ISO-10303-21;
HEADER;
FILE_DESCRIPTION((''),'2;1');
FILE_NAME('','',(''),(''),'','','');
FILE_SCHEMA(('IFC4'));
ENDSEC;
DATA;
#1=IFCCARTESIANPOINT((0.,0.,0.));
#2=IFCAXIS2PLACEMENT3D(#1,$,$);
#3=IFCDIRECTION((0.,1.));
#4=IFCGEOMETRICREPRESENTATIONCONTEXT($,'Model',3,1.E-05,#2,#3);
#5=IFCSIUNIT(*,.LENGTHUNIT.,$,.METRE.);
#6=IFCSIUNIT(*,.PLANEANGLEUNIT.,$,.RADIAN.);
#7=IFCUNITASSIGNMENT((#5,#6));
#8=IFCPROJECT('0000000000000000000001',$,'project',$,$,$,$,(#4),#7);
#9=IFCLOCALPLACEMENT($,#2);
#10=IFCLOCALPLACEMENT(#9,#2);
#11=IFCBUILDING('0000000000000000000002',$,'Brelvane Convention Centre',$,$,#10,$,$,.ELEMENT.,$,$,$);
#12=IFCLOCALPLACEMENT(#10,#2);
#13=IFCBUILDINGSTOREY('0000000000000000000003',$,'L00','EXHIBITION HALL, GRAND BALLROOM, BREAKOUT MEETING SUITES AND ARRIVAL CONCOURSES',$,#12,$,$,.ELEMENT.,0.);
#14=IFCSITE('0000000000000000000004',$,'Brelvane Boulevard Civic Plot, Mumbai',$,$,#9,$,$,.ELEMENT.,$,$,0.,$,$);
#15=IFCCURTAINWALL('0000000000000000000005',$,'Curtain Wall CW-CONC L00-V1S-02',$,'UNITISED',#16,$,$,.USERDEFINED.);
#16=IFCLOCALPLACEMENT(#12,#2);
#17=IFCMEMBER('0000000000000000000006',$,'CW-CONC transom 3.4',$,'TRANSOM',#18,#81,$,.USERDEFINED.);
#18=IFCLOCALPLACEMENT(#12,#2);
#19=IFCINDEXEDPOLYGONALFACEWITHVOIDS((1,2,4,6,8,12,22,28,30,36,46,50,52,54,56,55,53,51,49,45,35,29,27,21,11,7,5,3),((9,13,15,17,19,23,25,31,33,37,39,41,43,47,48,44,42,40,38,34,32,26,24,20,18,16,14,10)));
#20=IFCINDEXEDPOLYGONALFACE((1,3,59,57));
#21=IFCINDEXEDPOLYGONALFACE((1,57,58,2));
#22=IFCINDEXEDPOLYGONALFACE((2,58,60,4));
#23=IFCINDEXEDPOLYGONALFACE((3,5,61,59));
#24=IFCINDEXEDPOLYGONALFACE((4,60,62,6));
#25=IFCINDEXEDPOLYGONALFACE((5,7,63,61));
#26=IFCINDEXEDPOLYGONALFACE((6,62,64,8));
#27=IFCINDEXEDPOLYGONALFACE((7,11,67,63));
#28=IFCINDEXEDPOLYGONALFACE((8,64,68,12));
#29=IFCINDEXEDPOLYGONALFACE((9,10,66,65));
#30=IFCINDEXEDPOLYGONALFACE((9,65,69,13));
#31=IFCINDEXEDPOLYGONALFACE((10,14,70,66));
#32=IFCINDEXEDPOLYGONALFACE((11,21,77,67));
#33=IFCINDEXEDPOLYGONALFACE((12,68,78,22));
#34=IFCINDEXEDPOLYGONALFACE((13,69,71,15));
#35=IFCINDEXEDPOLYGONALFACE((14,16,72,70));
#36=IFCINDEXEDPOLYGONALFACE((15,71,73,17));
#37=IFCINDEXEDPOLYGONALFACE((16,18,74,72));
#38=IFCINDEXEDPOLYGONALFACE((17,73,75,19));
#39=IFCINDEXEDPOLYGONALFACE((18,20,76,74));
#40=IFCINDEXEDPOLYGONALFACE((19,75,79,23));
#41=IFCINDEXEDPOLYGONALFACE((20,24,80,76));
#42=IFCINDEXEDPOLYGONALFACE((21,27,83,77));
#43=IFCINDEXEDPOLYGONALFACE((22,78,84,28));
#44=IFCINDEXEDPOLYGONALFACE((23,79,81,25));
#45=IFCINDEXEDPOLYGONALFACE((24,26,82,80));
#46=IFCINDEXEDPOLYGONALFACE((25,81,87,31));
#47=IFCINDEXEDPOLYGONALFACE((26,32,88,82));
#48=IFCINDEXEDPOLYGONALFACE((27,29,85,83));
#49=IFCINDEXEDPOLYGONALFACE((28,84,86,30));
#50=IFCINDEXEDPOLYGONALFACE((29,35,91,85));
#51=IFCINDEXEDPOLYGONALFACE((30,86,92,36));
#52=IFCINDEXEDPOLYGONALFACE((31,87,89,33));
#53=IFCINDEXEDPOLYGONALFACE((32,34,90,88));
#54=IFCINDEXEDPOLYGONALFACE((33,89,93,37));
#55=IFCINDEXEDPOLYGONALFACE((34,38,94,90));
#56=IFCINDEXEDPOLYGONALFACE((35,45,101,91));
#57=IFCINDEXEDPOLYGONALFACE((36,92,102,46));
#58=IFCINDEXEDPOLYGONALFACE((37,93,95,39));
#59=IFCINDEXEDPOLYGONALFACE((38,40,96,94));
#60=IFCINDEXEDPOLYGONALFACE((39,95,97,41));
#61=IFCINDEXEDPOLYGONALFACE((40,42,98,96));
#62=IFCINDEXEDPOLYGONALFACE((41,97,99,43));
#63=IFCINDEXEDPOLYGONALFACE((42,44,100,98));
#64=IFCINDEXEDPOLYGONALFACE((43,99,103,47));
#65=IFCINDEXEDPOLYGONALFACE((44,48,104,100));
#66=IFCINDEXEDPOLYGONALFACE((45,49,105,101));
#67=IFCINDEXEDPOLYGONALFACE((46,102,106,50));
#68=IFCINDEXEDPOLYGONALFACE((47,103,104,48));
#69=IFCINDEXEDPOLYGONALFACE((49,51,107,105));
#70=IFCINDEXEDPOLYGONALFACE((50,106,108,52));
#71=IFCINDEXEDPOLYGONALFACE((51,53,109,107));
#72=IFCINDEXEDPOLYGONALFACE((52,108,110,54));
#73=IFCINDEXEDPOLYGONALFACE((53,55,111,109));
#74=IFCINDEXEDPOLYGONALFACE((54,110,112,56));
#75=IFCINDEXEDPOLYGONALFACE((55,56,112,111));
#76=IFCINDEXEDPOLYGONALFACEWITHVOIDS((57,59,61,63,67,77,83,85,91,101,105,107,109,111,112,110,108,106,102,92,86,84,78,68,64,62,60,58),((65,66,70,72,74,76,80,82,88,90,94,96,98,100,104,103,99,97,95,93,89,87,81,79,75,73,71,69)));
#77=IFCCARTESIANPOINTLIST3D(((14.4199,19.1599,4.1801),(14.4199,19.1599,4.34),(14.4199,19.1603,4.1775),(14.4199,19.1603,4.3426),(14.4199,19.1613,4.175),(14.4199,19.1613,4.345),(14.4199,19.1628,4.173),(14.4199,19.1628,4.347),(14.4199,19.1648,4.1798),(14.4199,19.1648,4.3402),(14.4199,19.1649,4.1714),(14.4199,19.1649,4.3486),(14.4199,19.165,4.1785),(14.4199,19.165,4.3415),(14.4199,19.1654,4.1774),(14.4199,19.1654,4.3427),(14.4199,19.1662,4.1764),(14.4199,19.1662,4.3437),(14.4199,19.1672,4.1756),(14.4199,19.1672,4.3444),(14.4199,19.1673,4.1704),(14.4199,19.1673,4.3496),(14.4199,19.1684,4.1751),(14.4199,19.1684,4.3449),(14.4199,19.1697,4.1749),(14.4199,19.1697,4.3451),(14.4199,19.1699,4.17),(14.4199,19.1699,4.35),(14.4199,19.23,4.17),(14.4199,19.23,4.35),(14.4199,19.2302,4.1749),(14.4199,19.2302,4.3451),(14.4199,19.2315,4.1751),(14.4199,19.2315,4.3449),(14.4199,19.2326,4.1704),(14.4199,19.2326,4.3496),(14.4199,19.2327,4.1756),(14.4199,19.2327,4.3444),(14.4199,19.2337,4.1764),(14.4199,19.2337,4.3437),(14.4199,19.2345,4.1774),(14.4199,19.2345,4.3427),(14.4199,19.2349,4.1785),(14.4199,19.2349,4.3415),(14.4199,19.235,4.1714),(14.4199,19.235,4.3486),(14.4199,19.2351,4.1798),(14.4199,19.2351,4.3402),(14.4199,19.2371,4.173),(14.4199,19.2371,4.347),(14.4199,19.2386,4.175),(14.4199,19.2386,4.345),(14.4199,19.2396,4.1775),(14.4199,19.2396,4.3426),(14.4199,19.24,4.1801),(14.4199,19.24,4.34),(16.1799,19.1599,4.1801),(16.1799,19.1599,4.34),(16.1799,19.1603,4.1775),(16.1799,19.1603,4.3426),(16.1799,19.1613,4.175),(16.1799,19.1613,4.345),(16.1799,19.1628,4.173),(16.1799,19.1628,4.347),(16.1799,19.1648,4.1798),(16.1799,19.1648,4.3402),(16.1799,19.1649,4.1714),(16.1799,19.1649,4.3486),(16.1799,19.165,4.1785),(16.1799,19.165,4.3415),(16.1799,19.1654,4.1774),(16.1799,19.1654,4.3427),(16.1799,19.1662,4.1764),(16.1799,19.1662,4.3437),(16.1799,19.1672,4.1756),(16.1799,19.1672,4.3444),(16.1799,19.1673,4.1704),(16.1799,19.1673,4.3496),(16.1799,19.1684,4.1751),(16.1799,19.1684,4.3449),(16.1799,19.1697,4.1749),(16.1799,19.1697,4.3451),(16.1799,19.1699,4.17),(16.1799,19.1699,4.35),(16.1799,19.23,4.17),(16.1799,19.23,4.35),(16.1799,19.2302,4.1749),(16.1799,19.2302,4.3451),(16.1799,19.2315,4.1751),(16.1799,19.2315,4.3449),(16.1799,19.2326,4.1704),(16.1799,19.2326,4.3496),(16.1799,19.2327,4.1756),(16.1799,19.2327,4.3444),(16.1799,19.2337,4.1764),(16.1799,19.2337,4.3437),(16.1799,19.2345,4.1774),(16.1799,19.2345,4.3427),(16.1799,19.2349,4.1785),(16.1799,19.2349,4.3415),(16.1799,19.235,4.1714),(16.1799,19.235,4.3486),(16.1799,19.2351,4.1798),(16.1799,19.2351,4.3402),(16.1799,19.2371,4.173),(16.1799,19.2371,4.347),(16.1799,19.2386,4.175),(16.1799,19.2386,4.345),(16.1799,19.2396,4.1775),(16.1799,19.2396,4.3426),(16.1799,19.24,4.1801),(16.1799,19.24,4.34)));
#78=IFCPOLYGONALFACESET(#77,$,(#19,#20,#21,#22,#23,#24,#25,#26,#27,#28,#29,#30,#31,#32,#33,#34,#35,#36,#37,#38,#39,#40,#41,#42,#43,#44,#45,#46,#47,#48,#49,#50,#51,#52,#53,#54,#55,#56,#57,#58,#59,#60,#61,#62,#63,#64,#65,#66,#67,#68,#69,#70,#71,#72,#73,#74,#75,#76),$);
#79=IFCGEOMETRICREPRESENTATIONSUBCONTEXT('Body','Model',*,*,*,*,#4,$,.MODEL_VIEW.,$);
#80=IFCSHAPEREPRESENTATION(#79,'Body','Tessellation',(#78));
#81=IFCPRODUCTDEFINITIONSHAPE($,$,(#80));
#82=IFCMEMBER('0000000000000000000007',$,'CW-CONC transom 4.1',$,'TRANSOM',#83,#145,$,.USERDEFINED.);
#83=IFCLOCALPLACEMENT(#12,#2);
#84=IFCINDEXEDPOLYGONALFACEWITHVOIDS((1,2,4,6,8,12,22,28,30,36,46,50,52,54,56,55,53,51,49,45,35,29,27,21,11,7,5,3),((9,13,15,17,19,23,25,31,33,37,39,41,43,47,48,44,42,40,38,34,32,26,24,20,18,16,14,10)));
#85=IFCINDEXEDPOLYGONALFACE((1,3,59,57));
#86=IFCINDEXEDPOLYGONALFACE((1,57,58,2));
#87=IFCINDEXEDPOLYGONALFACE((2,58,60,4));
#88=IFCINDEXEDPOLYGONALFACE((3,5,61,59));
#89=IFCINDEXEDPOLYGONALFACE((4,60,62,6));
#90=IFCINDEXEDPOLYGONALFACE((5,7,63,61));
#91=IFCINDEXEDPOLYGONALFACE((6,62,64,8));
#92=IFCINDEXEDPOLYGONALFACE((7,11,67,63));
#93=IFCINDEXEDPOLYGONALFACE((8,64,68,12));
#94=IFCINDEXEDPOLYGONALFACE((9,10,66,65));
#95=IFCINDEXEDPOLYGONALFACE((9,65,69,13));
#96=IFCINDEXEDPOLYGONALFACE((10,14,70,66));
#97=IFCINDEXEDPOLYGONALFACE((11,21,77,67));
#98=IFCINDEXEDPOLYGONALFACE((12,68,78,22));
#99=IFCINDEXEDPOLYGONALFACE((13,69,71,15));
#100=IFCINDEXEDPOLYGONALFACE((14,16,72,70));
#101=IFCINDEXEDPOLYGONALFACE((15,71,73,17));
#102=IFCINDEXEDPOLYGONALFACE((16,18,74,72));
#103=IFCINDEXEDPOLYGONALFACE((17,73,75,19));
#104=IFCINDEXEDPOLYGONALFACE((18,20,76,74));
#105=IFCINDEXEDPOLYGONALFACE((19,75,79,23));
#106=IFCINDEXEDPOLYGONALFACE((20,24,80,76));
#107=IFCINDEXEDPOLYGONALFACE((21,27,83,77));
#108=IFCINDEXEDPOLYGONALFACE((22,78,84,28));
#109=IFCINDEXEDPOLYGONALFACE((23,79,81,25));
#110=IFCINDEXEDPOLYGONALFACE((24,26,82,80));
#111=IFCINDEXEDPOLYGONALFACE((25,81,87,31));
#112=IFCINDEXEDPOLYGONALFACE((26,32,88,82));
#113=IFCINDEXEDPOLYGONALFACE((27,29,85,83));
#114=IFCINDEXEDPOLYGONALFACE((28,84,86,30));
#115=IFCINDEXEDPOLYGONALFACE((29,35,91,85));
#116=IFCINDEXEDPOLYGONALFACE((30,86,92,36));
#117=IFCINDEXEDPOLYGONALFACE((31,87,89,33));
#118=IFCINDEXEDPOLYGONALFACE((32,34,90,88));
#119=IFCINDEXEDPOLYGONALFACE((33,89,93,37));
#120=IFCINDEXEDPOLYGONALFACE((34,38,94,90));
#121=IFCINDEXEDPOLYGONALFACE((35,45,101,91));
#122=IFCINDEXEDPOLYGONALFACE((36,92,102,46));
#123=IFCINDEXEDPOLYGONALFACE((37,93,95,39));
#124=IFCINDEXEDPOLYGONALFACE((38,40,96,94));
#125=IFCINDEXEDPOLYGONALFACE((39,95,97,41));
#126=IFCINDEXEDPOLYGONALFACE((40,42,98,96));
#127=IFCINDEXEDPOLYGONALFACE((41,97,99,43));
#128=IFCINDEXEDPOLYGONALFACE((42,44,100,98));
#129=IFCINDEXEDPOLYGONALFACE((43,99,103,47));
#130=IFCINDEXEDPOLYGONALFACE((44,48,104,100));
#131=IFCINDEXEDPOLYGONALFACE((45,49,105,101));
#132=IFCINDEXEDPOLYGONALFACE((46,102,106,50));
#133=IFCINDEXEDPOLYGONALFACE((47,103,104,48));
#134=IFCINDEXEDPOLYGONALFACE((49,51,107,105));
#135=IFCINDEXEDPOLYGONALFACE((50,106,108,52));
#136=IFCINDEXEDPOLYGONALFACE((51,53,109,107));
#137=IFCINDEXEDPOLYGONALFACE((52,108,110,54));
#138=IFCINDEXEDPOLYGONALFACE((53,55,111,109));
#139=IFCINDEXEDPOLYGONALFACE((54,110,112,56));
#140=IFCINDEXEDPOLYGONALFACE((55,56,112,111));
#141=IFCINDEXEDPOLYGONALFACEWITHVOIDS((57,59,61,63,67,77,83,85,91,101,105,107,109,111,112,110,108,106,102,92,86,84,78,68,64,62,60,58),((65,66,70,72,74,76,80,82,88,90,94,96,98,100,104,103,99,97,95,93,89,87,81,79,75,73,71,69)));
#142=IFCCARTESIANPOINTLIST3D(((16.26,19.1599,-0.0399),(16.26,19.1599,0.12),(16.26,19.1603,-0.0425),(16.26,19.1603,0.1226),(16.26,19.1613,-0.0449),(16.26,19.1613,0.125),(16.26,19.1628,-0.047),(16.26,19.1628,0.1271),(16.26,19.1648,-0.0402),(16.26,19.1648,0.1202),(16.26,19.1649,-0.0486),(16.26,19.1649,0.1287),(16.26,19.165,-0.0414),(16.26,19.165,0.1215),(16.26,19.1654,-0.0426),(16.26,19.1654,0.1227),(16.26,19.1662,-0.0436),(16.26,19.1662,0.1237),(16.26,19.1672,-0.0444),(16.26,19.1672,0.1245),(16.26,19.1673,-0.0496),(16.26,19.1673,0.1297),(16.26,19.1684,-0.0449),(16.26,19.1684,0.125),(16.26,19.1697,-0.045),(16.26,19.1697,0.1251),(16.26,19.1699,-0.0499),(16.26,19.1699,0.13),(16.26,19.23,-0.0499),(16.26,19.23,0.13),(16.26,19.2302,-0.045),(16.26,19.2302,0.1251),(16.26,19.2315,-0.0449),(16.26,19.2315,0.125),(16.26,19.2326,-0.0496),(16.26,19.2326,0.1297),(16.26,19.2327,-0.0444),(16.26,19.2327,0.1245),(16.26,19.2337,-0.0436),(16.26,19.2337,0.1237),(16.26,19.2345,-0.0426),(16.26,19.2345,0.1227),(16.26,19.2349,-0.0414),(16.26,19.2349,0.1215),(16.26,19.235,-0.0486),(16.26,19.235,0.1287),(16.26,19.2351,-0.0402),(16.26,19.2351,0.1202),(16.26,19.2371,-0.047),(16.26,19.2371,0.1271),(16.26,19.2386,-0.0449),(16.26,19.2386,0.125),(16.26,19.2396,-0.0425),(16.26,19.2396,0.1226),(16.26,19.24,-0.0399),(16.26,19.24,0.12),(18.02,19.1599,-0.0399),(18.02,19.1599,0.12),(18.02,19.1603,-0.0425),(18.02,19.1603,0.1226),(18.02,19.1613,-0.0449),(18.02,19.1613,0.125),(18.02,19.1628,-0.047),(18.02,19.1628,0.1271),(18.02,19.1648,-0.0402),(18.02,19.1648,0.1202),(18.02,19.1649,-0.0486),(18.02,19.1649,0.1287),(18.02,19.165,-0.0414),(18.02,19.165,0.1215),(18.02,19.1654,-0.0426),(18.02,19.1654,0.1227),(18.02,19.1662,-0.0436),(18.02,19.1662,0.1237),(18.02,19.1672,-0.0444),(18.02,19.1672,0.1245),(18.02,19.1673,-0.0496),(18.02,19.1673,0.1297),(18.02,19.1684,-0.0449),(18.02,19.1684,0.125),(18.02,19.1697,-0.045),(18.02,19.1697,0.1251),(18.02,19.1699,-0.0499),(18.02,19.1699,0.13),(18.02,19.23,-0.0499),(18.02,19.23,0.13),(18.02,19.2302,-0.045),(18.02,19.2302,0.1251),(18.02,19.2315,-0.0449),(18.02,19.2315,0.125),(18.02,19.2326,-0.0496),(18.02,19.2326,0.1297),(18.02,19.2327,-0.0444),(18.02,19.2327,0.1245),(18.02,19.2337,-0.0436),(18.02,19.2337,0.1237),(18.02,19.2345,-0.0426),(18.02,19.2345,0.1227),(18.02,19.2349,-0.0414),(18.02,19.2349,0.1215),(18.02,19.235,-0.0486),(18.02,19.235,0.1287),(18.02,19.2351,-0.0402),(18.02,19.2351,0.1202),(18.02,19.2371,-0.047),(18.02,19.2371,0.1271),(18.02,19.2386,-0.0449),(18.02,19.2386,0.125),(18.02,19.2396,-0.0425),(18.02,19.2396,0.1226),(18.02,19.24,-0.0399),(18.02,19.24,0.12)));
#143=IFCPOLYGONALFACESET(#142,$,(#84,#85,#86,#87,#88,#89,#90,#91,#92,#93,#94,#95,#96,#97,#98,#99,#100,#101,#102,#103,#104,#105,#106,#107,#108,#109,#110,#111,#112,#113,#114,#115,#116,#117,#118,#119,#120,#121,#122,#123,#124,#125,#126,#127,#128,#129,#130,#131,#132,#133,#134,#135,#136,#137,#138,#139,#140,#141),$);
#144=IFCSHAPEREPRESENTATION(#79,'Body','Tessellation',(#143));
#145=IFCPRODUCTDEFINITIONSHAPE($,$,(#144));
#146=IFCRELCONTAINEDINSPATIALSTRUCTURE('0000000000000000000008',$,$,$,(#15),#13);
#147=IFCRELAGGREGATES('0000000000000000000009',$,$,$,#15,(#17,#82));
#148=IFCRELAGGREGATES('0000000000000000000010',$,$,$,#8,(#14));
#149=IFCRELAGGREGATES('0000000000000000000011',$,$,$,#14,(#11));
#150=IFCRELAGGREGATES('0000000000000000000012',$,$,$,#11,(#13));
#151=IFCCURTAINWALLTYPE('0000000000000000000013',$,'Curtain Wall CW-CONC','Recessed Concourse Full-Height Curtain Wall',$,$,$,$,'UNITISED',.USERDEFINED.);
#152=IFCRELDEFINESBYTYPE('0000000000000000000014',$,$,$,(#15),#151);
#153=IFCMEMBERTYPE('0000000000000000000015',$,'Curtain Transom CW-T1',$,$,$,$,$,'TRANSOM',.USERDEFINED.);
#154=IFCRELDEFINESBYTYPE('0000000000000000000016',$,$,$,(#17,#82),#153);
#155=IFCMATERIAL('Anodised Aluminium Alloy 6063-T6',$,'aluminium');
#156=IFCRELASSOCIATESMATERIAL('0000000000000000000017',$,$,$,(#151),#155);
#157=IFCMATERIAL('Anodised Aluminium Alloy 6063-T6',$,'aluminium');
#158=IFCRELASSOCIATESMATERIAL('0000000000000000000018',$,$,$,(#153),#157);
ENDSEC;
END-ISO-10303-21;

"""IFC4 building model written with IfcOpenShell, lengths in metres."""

from ifc_helpers import new_model, si_unit, direction, frame, origin, origin_2d, place, context, subcontext, project, spatial, hollow_rectangle, extrude, material, material_profile, profile_set, type_object, element, aggregate, save


model = new_model("IFC4")

# Units and contexts
model_context = context("Model", 3, precision=1e-05, world=origin(), true_north=direction((0.0, 1.0)))
body_context = subcontext(model_context, "Body", "Model", "MODEL_VIEW")
ifc_project = project(units=[si_unit("LENGTHUNIT", "METRE"), si_unit("PLANEANGLEUNIT", "RADIAN")], contexts=[model_context])

# Site, building, storey
site_placement = place(None, origin())
site = spatial("IfcSite", under=ifc_project, at=site_placement, Name="Brelvane Boulevard Civic Plot, Mumbai", CompositionType="ELEMENT", RefElevation=0.0)
building_placement = place(site_placement, origin())
building = spatial("IfcBuilding", under=site, at=building_placement, Name="Brelvane Convention Centre", CompositionType="ELEMENT")
storey_placement = place(building_placement, origin())
storey = spatial("IfcBuildingStorey", under=building, at=storey_placement, Name="L00", Description="EXHIBITION HALL, GRAND BALLROOM, BREAKOUT MEETING SUITES AND ARRIVAL CONCOURSES", CompositionType="ELEMENT", Elevation=0.0)

# Curtain wall, members
ifc_material_1 = material(Name="Anodised Aluminium Alloy 6063-T6", Category="aluminium")
curtain_wall_type = type_object("IfcCurtainWallType", Name="Curtain Wall CW-CONC", Description="Recessed Concourse Full-Height Curtain Wall", ElementType="UNITISED", PredefinedType="USERDEFINED", material=ifc_material_1)
curtain_wall_placement = place(storey_placement, origin())
curtain_wall = element("IfcCurtainWall", 1, at=curtain_wall_placement, inside=storey, type_object=curtain_wall_type, Name="Curtain Wall CW-CONC L00-V1S-02", ObjectType="UNITISED", PredefinedType="USERDEFINED")
ifc_material_2 = material(Name="Anodised Aluminium Alloy 6063-T6", Category="aluminium")
ifc_material_profile_1 = material_profile(ifc_material_2, hollow_rectangle(XDim=0.0801, YDim=0.1799, WallThickness=0.0049, InnerFilletRadius=0.0049, OuterFilletRadius=0.01, at=origin_2d()), Name="ALU-T 180x80x5.0")
ifc_profile_set_1 = profile_set([ifc_material_profile_1], Name="Anodised Aluminium Alloy 6063-T6")
member_type_1 = type_object("IfcMemberType", Name="Curtain Transom CW-T1", ElementType="TRANSOM", PredefinedType="USERDEFINED", material=ifc_profile_set_1)
member_1_placement = place(storey_placement, frame((14.4199, 19.2, 4.26), z_axis=(1.0, 0.0, 0.0), x_axis=(0.0, 1.0, 0.0)))
member_1 = element("IfcMember", 2, at=member_1_placement, type_object=member_type_1, Name="CW-CONC transom 3.4", ObjectType="TRANSOM", PredefinedType="USERDEFINED", context=body_context, shape_type="SweptSolid", body=[
    extrude(hollow_rectangle(XDim=0.0801, YDim=0.1799, WallThickness=0.0049, InnerFilletRadius=0.0049, OuterFilletRadius=0.01, at=origin_2d()), origin(), (0.0, 0.0, 1.0), 1.76),
])
member_2_placement = place(storey_placement, frame((16.26, 19.2, 0.04), z_axis=(1.0, 0.0, 0.0), x_axis=(0.0, 1.0, 0.0)))
member_2 = element("IfcMember", 3, at=member_2_placement, type_object=member_type_1, Name="CW-CONC transom 4.1", ObjectType="TRANSOM", PredefinedType="USERDEFINED", context=body_context, shape_type="SweptSolid", body=[
    extrude(hollow_rectangle(XDim=0.0801, YDim=0.1799, WallThickness=0.0049, InnerFilletRadius=0.0049, OuterFilletRadius=0.01, at=origin_2d()), origin(), (0.0, 0.0, 1.0), 1.76),
])

aggregate(curtain_wall, [member_1, member_2])

save(model, "model.ifc")
